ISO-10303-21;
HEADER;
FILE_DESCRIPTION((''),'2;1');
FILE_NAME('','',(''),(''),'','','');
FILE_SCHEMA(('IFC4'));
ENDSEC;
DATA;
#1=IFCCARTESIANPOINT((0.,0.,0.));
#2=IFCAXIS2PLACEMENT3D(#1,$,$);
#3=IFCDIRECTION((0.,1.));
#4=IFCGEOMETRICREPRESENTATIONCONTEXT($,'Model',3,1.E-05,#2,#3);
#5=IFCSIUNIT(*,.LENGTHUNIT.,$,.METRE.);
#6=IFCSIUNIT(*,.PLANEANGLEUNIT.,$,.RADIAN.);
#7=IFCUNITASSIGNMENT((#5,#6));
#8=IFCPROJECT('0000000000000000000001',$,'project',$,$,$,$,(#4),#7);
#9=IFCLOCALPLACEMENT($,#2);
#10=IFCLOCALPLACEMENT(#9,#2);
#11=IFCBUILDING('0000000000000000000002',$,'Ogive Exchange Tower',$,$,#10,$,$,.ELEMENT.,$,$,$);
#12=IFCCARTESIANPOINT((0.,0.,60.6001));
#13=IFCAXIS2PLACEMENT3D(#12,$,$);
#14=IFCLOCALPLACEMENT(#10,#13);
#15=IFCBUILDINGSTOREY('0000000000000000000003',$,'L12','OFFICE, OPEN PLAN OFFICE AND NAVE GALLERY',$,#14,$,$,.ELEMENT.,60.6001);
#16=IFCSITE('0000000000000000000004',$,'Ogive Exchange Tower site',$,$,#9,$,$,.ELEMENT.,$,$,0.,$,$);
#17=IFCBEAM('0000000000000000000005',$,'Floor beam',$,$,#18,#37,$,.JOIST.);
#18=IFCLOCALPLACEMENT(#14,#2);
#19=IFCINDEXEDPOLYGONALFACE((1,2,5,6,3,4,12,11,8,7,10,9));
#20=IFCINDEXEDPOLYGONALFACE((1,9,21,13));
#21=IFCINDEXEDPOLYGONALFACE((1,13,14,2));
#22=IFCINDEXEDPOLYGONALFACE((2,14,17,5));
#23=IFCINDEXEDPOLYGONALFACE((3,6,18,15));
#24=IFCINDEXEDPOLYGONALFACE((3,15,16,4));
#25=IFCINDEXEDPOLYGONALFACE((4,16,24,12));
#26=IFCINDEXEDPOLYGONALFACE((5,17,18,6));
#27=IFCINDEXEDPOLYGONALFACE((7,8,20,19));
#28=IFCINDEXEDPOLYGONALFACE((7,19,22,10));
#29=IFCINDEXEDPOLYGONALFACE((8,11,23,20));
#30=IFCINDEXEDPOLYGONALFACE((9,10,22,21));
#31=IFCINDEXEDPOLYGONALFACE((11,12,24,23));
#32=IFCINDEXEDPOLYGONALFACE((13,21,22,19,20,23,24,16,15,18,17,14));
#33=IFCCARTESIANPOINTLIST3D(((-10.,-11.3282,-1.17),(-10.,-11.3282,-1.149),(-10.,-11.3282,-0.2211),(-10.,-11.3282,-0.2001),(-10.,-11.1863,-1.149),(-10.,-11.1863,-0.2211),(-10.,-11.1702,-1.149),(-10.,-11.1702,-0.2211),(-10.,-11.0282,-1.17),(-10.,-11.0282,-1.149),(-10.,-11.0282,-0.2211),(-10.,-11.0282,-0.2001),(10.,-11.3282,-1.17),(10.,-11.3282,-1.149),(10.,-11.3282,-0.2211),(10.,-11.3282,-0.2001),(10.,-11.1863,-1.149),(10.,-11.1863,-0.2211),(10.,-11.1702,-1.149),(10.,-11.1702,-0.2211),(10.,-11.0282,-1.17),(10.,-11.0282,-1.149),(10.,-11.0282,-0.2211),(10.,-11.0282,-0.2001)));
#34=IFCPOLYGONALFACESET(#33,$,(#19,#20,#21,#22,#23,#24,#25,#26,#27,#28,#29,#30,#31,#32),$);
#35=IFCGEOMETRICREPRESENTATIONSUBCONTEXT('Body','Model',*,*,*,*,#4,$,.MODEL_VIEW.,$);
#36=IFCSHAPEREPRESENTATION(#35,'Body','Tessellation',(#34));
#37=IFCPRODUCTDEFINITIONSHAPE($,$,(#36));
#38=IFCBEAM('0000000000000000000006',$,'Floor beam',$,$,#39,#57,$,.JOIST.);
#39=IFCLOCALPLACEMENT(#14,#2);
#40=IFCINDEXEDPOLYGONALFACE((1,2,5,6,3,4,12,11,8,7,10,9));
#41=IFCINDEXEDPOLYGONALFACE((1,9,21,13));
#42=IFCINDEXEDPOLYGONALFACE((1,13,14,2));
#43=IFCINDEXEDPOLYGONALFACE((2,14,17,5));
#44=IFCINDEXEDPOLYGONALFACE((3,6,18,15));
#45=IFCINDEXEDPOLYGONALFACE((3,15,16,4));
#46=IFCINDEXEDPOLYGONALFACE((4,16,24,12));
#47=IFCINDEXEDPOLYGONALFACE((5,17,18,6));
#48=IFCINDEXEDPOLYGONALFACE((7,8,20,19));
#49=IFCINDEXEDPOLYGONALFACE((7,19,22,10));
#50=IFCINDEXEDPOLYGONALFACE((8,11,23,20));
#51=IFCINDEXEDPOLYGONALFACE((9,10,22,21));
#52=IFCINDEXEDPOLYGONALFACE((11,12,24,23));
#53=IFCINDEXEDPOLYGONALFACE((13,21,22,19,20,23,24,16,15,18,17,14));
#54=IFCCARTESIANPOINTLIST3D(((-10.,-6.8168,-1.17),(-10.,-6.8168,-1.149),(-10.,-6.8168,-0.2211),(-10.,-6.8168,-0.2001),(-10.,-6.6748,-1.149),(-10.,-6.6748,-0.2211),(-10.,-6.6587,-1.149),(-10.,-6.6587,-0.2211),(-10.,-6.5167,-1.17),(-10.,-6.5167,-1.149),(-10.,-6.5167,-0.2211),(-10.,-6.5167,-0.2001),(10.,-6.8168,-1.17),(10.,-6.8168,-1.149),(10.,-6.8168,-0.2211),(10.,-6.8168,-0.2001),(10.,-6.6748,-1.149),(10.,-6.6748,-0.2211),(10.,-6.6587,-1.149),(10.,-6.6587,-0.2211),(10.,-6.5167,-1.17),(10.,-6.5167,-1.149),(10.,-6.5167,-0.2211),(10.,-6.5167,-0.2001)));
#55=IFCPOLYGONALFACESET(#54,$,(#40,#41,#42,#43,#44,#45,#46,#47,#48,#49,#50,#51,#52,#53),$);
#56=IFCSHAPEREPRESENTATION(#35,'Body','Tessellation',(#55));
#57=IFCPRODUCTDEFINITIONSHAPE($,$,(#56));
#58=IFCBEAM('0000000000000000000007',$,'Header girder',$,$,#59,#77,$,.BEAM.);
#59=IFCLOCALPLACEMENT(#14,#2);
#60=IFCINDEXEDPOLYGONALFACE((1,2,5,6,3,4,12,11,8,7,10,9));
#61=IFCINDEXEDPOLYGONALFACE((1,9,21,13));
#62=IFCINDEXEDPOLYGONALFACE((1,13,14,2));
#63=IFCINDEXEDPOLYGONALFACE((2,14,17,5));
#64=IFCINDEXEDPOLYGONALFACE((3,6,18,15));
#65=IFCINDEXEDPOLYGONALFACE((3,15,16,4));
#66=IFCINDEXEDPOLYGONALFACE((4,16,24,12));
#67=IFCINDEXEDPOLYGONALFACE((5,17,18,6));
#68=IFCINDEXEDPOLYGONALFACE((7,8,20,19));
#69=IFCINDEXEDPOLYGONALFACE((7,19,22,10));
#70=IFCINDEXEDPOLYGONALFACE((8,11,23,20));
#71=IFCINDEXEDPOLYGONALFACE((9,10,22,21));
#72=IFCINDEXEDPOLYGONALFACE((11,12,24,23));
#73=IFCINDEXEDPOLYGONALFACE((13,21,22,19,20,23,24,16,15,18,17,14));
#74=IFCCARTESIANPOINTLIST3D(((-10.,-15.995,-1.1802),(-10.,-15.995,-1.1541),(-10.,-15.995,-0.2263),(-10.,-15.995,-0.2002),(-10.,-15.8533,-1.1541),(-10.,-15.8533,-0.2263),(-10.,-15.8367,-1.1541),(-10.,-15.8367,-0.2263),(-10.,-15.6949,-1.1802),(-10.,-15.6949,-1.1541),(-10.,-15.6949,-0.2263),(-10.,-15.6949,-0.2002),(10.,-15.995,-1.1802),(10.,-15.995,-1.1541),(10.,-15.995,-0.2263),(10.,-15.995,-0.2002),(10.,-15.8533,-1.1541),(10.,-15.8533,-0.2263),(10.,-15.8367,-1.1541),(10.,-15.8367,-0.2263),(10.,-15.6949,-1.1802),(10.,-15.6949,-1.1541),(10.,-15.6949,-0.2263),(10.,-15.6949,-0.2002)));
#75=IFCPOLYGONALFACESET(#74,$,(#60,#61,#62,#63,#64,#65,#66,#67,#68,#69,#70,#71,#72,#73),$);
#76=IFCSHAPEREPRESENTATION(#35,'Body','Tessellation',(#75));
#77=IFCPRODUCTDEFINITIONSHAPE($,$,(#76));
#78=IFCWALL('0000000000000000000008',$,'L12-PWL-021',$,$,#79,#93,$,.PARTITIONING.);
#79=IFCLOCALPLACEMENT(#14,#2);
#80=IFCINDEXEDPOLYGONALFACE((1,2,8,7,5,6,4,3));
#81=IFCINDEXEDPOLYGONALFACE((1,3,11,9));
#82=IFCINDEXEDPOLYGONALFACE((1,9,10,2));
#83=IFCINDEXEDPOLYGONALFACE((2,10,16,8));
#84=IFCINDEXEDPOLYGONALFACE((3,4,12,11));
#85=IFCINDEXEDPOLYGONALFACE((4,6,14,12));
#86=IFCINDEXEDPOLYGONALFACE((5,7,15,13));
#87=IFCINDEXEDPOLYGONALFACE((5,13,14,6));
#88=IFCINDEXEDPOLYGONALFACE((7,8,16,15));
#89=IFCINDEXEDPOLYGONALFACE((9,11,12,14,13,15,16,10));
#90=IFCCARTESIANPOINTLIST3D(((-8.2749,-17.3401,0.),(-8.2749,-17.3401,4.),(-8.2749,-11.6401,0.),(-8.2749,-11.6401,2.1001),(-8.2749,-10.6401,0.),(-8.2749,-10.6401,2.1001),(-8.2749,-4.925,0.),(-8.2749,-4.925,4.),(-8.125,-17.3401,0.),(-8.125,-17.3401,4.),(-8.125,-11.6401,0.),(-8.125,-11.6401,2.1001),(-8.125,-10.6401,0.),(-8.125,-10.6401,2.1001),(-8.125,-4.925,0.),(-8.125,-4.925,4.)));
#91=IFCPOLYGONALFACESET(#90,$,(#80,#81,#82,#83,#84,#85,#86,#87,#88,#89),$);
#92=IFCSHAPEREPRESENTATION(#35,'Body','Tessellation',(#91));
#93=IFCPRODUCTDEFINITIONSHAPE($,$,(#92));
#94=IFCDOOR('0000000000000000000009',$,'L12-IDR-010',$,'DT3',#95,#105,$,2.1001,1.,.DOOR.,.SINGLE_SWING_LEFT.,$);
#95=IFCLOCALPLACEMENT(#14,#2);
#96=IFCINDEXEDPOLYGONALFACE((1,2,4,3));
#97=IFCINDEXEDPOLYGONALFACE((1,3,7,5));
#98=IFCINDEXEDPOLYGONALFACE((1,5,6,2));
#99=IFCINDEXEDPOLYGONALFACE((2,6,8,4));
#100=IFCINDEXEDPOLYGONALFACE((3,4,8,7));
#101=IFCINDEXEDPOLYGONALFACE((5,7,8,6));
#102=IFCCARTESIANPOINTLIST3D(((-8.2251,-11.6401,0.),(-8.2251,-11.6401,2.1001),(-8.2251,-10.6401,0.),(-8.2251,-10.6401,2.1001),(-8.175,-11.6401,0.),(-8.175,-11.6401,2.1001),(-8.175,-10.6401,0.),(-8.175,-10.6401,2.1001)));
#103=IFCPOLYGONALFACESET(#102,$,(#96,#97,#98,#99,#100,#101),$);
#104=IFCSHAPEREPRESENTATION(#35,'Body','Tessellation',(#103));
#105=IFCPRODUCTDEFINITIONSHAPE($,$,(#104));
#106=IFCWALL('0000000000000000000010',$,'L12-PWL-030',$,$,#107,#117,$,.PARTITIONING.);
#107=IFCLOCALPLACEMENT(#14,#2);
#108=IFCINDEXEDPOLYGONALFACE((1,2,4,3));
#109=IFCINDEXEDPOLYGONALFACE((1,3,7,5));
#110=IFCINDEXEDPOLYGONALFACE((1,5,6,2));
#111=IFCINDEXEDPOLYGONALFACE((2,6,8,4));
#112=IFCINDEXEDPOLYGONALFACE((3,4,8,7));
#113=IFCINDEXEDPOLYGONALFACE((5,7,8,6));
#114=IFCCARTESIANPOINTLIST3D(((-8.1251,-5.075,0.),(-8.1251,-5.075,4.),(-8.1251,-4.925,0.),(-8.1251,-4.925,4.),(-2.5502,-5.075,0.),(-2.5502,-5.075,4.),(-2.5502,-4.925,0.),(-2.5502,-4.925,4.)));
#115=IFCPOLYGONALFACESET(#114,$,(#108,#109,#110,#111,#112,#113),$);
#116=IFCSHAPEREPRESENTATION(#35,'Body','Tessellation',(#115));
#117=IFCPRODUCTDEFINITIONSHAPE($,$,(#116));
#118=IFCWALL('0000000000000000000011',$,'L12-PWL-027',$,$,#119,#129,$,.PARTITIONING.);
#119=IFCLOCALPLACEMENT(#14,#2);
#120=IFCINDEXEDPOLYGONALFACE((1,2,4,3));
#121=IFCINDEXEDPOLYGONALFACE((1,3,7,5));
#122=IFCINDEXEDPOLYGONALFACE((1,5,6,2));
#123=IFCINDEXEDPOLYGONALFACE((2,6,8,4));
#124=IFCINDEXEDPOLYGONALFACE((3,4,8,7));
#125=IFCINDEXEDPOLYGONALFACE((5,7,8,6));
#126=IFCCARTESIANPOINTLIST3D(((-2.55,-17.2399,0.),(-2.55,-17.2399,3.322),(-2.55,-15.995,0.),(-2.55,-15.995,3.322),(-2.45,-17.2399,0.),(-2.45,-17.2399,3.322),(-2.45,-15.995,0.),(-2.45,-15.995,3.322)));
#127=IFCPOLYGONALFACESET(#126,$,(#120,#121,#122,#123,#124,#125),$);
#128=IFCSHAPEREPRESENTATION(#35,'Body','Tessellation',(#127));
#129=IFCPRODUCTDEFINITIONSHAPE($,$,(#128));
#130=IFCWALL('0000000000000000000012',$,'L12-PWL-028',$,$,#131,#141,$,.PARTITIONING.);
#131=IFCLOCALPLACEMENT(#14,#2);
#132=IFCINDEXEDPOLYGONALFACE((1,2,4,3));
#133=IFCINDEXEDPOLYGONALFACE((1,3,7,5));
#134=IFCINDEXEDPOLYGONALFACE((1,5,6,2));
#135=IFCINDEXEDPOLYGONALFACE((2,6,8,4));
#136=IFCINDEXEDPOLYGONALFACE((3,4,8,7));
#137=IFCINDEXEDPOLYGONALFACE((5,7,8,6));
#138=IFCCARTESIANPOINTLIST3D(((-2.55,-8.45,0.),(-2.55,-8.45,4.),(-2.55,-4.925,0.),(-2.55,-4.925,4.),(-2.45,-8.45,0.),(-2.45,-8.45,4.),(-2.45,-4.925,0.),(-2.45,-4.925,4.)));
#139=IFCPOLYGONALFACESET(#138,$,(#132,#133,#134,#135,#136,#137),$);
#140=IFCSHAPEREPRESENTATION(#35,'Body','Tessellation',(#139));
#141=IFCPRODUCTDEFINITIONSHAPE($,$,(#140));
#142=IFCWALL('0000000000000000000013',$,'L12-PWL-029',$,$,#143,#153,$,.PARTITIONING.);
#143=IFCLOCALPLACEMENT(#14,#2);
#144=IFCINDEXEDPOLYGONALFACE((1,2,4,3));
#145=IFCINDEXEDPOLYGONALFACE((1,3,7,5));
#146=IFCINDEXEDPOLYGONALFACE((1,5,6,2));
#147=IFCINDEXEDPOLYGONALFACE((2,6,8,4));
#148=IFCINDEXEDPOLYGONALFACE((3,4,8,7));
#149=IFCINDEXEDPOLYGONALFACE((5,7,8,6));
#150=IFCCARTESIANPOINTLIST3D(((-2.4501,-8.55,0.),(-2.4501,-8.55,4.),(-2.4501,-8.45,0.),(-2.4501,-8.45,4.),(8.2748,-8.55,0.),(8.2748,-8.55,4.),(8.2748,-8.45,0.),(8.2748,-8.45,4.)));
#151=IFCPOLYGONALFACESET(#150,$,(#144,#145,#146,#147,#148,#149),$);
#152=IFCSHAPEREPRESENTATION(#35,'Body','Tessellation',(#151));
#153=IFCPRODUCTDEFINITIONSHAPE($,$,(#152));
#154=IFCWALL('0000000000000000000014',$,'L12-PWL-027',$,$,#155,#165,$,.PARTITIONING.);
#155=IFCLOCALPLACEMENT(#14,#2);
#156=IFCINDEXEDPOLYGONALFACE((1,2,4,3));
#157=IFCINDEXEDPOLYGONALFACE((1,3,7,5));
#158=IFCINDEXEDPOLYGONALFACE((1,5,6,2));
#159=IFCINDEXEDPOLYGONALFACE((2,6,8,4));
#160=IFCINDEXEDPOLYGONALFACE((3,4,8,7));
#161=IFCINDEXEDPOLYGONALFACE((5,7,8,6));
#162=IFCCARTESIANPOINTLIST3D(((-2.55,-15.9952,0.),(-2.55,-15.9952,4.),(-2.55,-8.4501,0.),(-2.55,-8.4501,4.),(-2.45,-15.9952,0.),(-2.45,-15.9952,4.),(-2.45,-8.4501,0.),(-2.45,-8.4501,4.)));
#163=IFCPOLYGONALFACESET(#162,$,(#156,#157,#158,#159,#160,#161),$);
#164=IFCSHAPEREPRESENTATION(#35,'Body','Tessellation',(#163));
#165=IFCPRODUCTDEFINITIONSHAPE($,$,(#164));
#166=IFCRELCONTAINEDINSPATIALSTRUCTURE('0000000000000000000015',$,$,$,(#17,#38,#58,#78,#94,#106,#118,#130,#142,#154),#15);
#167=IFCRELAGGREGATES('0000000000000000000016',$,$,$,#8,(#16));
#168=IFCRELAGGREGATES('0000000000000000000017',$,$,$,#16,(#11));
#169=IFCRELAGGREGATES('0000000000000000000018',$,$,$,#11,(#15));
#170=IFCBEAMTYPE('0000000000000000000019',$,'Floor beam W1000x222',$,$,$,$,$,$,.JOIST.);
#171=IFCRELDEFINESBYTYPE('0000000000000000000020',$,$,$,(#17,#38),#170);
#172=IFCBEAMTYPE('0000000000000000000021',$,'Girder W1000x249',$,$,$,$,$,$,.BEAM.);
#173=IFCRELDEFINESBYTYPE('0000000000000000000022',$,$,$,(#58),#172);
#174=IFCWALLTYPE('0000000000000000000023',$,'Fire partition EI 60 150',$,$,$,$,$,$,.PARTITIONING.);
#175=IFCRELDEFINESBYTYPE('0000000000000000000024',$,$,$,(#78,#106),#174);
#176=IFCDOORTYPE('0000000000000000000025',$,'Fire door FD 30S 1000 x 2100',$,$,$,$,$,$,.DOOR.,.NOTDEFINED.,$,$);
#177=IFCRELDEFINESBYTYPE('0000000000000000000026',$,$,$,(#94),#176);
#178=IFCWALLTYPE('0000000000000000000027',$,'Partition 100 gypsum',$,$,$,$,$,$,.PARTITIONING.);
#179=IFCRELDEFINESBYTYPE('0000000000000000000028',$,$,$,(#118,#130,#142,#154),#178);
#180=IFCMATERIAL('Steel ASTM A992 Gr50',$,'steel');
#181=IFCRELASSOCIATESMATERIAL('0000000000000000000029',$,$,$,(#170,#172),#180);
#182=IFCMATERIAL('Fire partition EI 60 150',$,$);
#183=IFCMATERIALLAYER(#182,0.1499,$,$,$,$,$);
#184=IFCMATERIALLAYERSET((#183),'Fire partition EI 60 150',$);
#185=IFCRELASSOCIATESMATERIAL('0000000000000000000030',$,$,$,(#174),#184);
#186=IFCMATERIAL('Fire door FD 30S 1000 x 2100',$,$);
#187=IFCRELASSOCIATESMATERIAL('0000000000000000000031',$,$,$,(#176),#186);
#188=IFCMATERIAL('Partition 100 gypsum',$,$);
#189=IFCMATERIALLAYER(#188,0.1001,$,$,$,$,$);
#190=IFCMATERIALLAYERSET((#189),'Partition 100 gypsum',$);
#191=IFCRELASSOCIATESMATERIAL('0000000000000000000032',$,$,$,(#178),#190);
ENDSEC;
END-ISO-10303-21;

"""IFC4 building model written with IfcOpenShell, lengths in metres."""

from ifc_helpers import new_model, si_unit, direction, frame, frame_2d, origin, origin_2d, place, context, subcontext, project, spatial, rectangle, i_section, extrude, material, layer, layer_set, material_profile, profile_set, type_object, element, fill, save


model = new_model("IFC4")

# Units and contexts
model_context = context("Model", 3, precision=1e-05, world=origin(), true_north=direction((0.0, 1.0)))
body_context = subcontext(model_context, "Body", "Model", "MODEL_VIEW")
ifc_project = project(units=[si_unit("LENGTHUNIT", "METRE"), si_unit("PLANEANGLEUNIT", "RADIAN")], contexts=[model_context])

# Site, building, storey
site_placement = place(None, origin())
site = spatial("IfcSite", under=ifc_project, at=site_placement, Name="Ogive Exchange Tower site", CompositionType="ELEMENT", RefElevation=0.0)
building_placement = place(site_placement, origin())
building = spatial("IfcBuilding", under=site, at=building_placement, Name="Ogive Exchange Tower", CompositionType="ELEMENT")
storey_placement = place(building_placement, frame((0.0, 0.0, 60.6001)))
storey = spatial("IfcBuildingStorey", under=building, at=storey_placement, Name="L12", Description="OFFICE, OPEN PLAN OFFICE AND NAVE GALLERY", CompositionType="ELEMENT", Elevation=60.6001)

# Beams
ifc_material_1 = material(Name="Steel ASTM A992 Gr50", Category="steel")
ifc_material_profile_1 = material_profile(ifc_material_1, i_section(OverallWidth=0.3, OverallDepth=0.97, WebThickness=0.0161, FlangeThickness=0.021, at=origin_2d()), Name="W1000x222")
ifc_profile_set_1 = profile_set([ifc_material_profile_1], Name="Steel ASTM A992 Gr50")
beam_type_1 = type_object("IfcBeamType", Name="Floor beam W1000x222", PredefinedType="JOIST", material=ifc_profile_set_1)
for number, where, z_axis, x_axis, name in (
    (1, (-10.0, -11.1782, -0.6851), (1.0, 0.0, 0.0), (0.0, 1.0, 0.0), "Floor beam"),
    (2, (-10.0, -6.6667, -0.6851), (1.0, 0.0, 0.0), (0.0, 1.0, 0.0), "Floor beam"),
):
    element("IfcBeam", number, at=place(storey_placement, frame(where, z_axis=z_axis, x_axis=x_axis)), inside=storey, type_object=beam_type_1, Name=name, PredefinedType="JOIST", context=body_context, shape_type="SweptSolid", body=[
        extrude(i_section(OverallWidth=0.3, OverallDepth=0.97, WebThickness=0.0161, FlangeThickness=0.021, at=origin_2d()), origin(), (0.0, 0.0, 1.0), 20.0),
    ])
ifc_material_profile_2 = material_profile(ifc_material_1, i_section(OverallWidth=0.3, OverallDepth=0.98, WebThickness=0.0166, FlangeThickness=0.0261, at=origin_2d()), Name="W1000x249")
ifc_profile_set_2 = profile_set([ifc_material_profile_2], Name="Steel ASTM A992 Gr50")
beam_type_2 = type_object("IfcBeamType", Name="Girder W1000x249", PredefinedType="BEAM", material=ifc_profile_set_2)
beam_placement = place(storey_placement, frame((-10.0, -15.845, -0.6902), z_axis=(1.0, 0.0, 0.0), x_axis=(0.0, 1.0, 0.0)))
element("IfcBeam", 3, at=beam_placement, inside=storey, type_object=beam_type_2, Name="Header girder", PredefinedType="BEAM", context=body_context, shape_type="SweptSolid", body=[
    extrude(i_section(OverallWidth=0.3, OverallDepth=0.98, WebThickness=0.0166, FlangeThickness=0.0261, at=origin_2d()), origin(), (0.0, 0.0, 1.0), 20.0),
])

# Wall, opening, door
ifc_material_2 = material(Name="Fire partition EI 60 150")
ifc_layer_1 = layer(ifc_material_2, 0.1499)
ifc_layer_set_1 = layer_set([ifc_layer_1], Name="Fire partition EI 60 150")
wall_type_1 = type_object("IfcWallType", Name="Fire partition EI 60 150", PredefinedType="PARTITIONING", material=ifc_layer_set_1)
wall_1_placement = place(storey_placement, frame((-8.2, -4.925, 0.0), z_axis=(0.0, 0.0, 1.0), x_axis=(0.0, -1.0, 0.0)))
wall_1 = element("IfcWall", 4, at=wall_1_placement, inside=storey, type_object=wall_type_1, Name="L12-PWL-021", PredefinedType="PARTITIONING", context=body_context, shape_type="SweptSolid", body=[
    extrude(rectangle(XDim=12.415, YDim=0.1499, at=frame_2d((6.2075, 0.0))), origin(), (0.0, 0.0, 1.0), 4.0),
])
opening_placement = place(wall_1_placement, frame((5.7151, 0.0, 0.0)))
opening = element("IfcOpeningElement", 5, at=opening_placement, cuts=wall_1, PredefinedType="OPENING", context=body_context, shape_type="SweptSolid", body=[
    extrude(rectangle(XDim=1.0, YDim=2.1001, at=frame_2d((0.5, 1.05))), frame((0.0, 0.085, 0.0), z_axis=(0.0, -1.0, 0.0), x_axis=(1.0, 0.0, 0.0)), (0.0, 0.0, 1.0), 0.1699),
])
ifc_material_3 = material(Name="Fire door FD 30S 1000 x 2100")
door_type = type_object("IfcDoorType", Name="Fire door FD 30S 1000 x 2100", OperationType="NOTDEFINED", PredefinedType="DOOR", material=ifc_material_3)
door_placement = place(opening_placement, origin())
door = element("IfcDoor", 6, at=door_placement, inside=storey, type_object=door_type, Name="L12-IDR-010", ObjectType="DT3", OperationType="SINGLE_SWING_LEFT", OverallHeight=2.1001, OverallWidth=1.0, PredefinedType="DOOR", context=body_context, shape_type="SweptSolid", body=[
    extrude(rectangle(XDim=1.0, YDim=2.1001, at=frame_2d((0.5, 1.05))), frame((0.0, 0.0249, 0.0), z_axis=(0.0, -1.0, 0.0), x_axis=(1.0, 0.0, 0.0)), (0.0, 0.0, 1.0), 0.05),
])
fill(opening, door)

# Walls
wall_2_placement = place(storey_placement, frame((-2.55, -5.0, 0.0), z_axis=(0.0, 0.0, 1.0), x_axis=(-1.0, 0.0, 0.0)))
element("IfcWall", 7, at=wall_2_placement, inside=storey, type_object=wall_type_1, Name="L12-PWL-030", PredefinedType="PARTITIONING", context=body_context, shape_type="SweptSolid", body=[
    extrude(rectangle(XDim=5.575, YDim=0.1499, at=frame_2d((2.7876, 0.0))), origin(), (0.0, 0.0, 1.0), 4.0),
])
ifc_material_4 = material(Name="Partition 100 gypsum")
ifc_layer_2 = layer(ifc_material_4, 0.1001)
ifc_layer_set_2 = layer_set([ifc_layer_2], Name="Partition 100 gypsum")
wall_type_2 = type_object("IfcWallType", Name="Partition 100 gypsum", PredefinedType="PARTITIONING", material=ifc_layer_set_2)
wall_3_placement = place(storey_placement, frame((-2.5, -17.24, 0.0), z_axis=(0.0, 0.0, 1.0), x_axis=(0.0, 1.0, 0.0)))
element("IfcWall", 8, at=wall_3_placement, inside=storey, type_object=wall_type_2, Name="L12-PWL-027", PredefinedType="PARTITIONING", context=body_context, shape_type="SweptSolid", body=[
    extrude(rectangle(XDim=1.2449, YDim=0.1001, at=frame_2d((0.6226, 0.0))), origin(), (0.0, 0.0, 1.0), 3.322),
])
wall_4_placement = place(storey_placement, frame((-2.5, -8.45, 0.0), z_axis=(0.0, 0.0, 1.0), x_axis=(0.0, 1.0, 0.0)))
element("IfcWall", 9, at=wall_4_placement, inside=storey, type_object=wall_type_2, Name="L12-PWL-028", PredefinedType="PARTITIONING", context=body_context, shape_type="SweptSolid", body=[
    extrude(rectangle(XDim=3.5249, YDim=0.1001, at=frame_2d((1.7625, 0.0))), origin(), (0.0, 0.0, 1.0), 4.0),
])
wall_5_placement = place(storey_placement, frame((-2.45, -8.5, 0.0), z_axis=(0.0, 0.0, 1.0), x_axis=(1.0, 0.0, 0.0)))
element("IfcWall", 10, at=wall_5_placement, inside=storey, type_object=wall_type_2, Name="L12-PWL-029", PredefinedType="PARTITIONING", context=body_context, shape_type="SweptSolid", body=[
    extrude(rectangle(XDim=10.7249, YDim=0.1001, at=frame_2d((5.3623, 0.0))), origin(), (0.0, 0.0, 1.0), 4.0),
])
wall_6_placement = place(storey_placement, frame((-2.5, -15.9951, 0.0), z_axis=(0.0, 0.0, 1.0), x_axis=(0.0, 1.0, 0.0)))
element("IfcWall", 11, at=wall_6_placement, inside=storey, type_object=wall_type_2, Name="L12-PWL-027", PredefinedType="PARTITIONING", context=body_context, shape_type="SweptSolid", body=[
    extrude(rectangle(XDim=7.5452, YDim=0.1001, at=frame_2d((3.7725, 0.0))), origin(), (0.0, 0.0, 1.0), 4.0),
])

save(model, "model.ifc")
